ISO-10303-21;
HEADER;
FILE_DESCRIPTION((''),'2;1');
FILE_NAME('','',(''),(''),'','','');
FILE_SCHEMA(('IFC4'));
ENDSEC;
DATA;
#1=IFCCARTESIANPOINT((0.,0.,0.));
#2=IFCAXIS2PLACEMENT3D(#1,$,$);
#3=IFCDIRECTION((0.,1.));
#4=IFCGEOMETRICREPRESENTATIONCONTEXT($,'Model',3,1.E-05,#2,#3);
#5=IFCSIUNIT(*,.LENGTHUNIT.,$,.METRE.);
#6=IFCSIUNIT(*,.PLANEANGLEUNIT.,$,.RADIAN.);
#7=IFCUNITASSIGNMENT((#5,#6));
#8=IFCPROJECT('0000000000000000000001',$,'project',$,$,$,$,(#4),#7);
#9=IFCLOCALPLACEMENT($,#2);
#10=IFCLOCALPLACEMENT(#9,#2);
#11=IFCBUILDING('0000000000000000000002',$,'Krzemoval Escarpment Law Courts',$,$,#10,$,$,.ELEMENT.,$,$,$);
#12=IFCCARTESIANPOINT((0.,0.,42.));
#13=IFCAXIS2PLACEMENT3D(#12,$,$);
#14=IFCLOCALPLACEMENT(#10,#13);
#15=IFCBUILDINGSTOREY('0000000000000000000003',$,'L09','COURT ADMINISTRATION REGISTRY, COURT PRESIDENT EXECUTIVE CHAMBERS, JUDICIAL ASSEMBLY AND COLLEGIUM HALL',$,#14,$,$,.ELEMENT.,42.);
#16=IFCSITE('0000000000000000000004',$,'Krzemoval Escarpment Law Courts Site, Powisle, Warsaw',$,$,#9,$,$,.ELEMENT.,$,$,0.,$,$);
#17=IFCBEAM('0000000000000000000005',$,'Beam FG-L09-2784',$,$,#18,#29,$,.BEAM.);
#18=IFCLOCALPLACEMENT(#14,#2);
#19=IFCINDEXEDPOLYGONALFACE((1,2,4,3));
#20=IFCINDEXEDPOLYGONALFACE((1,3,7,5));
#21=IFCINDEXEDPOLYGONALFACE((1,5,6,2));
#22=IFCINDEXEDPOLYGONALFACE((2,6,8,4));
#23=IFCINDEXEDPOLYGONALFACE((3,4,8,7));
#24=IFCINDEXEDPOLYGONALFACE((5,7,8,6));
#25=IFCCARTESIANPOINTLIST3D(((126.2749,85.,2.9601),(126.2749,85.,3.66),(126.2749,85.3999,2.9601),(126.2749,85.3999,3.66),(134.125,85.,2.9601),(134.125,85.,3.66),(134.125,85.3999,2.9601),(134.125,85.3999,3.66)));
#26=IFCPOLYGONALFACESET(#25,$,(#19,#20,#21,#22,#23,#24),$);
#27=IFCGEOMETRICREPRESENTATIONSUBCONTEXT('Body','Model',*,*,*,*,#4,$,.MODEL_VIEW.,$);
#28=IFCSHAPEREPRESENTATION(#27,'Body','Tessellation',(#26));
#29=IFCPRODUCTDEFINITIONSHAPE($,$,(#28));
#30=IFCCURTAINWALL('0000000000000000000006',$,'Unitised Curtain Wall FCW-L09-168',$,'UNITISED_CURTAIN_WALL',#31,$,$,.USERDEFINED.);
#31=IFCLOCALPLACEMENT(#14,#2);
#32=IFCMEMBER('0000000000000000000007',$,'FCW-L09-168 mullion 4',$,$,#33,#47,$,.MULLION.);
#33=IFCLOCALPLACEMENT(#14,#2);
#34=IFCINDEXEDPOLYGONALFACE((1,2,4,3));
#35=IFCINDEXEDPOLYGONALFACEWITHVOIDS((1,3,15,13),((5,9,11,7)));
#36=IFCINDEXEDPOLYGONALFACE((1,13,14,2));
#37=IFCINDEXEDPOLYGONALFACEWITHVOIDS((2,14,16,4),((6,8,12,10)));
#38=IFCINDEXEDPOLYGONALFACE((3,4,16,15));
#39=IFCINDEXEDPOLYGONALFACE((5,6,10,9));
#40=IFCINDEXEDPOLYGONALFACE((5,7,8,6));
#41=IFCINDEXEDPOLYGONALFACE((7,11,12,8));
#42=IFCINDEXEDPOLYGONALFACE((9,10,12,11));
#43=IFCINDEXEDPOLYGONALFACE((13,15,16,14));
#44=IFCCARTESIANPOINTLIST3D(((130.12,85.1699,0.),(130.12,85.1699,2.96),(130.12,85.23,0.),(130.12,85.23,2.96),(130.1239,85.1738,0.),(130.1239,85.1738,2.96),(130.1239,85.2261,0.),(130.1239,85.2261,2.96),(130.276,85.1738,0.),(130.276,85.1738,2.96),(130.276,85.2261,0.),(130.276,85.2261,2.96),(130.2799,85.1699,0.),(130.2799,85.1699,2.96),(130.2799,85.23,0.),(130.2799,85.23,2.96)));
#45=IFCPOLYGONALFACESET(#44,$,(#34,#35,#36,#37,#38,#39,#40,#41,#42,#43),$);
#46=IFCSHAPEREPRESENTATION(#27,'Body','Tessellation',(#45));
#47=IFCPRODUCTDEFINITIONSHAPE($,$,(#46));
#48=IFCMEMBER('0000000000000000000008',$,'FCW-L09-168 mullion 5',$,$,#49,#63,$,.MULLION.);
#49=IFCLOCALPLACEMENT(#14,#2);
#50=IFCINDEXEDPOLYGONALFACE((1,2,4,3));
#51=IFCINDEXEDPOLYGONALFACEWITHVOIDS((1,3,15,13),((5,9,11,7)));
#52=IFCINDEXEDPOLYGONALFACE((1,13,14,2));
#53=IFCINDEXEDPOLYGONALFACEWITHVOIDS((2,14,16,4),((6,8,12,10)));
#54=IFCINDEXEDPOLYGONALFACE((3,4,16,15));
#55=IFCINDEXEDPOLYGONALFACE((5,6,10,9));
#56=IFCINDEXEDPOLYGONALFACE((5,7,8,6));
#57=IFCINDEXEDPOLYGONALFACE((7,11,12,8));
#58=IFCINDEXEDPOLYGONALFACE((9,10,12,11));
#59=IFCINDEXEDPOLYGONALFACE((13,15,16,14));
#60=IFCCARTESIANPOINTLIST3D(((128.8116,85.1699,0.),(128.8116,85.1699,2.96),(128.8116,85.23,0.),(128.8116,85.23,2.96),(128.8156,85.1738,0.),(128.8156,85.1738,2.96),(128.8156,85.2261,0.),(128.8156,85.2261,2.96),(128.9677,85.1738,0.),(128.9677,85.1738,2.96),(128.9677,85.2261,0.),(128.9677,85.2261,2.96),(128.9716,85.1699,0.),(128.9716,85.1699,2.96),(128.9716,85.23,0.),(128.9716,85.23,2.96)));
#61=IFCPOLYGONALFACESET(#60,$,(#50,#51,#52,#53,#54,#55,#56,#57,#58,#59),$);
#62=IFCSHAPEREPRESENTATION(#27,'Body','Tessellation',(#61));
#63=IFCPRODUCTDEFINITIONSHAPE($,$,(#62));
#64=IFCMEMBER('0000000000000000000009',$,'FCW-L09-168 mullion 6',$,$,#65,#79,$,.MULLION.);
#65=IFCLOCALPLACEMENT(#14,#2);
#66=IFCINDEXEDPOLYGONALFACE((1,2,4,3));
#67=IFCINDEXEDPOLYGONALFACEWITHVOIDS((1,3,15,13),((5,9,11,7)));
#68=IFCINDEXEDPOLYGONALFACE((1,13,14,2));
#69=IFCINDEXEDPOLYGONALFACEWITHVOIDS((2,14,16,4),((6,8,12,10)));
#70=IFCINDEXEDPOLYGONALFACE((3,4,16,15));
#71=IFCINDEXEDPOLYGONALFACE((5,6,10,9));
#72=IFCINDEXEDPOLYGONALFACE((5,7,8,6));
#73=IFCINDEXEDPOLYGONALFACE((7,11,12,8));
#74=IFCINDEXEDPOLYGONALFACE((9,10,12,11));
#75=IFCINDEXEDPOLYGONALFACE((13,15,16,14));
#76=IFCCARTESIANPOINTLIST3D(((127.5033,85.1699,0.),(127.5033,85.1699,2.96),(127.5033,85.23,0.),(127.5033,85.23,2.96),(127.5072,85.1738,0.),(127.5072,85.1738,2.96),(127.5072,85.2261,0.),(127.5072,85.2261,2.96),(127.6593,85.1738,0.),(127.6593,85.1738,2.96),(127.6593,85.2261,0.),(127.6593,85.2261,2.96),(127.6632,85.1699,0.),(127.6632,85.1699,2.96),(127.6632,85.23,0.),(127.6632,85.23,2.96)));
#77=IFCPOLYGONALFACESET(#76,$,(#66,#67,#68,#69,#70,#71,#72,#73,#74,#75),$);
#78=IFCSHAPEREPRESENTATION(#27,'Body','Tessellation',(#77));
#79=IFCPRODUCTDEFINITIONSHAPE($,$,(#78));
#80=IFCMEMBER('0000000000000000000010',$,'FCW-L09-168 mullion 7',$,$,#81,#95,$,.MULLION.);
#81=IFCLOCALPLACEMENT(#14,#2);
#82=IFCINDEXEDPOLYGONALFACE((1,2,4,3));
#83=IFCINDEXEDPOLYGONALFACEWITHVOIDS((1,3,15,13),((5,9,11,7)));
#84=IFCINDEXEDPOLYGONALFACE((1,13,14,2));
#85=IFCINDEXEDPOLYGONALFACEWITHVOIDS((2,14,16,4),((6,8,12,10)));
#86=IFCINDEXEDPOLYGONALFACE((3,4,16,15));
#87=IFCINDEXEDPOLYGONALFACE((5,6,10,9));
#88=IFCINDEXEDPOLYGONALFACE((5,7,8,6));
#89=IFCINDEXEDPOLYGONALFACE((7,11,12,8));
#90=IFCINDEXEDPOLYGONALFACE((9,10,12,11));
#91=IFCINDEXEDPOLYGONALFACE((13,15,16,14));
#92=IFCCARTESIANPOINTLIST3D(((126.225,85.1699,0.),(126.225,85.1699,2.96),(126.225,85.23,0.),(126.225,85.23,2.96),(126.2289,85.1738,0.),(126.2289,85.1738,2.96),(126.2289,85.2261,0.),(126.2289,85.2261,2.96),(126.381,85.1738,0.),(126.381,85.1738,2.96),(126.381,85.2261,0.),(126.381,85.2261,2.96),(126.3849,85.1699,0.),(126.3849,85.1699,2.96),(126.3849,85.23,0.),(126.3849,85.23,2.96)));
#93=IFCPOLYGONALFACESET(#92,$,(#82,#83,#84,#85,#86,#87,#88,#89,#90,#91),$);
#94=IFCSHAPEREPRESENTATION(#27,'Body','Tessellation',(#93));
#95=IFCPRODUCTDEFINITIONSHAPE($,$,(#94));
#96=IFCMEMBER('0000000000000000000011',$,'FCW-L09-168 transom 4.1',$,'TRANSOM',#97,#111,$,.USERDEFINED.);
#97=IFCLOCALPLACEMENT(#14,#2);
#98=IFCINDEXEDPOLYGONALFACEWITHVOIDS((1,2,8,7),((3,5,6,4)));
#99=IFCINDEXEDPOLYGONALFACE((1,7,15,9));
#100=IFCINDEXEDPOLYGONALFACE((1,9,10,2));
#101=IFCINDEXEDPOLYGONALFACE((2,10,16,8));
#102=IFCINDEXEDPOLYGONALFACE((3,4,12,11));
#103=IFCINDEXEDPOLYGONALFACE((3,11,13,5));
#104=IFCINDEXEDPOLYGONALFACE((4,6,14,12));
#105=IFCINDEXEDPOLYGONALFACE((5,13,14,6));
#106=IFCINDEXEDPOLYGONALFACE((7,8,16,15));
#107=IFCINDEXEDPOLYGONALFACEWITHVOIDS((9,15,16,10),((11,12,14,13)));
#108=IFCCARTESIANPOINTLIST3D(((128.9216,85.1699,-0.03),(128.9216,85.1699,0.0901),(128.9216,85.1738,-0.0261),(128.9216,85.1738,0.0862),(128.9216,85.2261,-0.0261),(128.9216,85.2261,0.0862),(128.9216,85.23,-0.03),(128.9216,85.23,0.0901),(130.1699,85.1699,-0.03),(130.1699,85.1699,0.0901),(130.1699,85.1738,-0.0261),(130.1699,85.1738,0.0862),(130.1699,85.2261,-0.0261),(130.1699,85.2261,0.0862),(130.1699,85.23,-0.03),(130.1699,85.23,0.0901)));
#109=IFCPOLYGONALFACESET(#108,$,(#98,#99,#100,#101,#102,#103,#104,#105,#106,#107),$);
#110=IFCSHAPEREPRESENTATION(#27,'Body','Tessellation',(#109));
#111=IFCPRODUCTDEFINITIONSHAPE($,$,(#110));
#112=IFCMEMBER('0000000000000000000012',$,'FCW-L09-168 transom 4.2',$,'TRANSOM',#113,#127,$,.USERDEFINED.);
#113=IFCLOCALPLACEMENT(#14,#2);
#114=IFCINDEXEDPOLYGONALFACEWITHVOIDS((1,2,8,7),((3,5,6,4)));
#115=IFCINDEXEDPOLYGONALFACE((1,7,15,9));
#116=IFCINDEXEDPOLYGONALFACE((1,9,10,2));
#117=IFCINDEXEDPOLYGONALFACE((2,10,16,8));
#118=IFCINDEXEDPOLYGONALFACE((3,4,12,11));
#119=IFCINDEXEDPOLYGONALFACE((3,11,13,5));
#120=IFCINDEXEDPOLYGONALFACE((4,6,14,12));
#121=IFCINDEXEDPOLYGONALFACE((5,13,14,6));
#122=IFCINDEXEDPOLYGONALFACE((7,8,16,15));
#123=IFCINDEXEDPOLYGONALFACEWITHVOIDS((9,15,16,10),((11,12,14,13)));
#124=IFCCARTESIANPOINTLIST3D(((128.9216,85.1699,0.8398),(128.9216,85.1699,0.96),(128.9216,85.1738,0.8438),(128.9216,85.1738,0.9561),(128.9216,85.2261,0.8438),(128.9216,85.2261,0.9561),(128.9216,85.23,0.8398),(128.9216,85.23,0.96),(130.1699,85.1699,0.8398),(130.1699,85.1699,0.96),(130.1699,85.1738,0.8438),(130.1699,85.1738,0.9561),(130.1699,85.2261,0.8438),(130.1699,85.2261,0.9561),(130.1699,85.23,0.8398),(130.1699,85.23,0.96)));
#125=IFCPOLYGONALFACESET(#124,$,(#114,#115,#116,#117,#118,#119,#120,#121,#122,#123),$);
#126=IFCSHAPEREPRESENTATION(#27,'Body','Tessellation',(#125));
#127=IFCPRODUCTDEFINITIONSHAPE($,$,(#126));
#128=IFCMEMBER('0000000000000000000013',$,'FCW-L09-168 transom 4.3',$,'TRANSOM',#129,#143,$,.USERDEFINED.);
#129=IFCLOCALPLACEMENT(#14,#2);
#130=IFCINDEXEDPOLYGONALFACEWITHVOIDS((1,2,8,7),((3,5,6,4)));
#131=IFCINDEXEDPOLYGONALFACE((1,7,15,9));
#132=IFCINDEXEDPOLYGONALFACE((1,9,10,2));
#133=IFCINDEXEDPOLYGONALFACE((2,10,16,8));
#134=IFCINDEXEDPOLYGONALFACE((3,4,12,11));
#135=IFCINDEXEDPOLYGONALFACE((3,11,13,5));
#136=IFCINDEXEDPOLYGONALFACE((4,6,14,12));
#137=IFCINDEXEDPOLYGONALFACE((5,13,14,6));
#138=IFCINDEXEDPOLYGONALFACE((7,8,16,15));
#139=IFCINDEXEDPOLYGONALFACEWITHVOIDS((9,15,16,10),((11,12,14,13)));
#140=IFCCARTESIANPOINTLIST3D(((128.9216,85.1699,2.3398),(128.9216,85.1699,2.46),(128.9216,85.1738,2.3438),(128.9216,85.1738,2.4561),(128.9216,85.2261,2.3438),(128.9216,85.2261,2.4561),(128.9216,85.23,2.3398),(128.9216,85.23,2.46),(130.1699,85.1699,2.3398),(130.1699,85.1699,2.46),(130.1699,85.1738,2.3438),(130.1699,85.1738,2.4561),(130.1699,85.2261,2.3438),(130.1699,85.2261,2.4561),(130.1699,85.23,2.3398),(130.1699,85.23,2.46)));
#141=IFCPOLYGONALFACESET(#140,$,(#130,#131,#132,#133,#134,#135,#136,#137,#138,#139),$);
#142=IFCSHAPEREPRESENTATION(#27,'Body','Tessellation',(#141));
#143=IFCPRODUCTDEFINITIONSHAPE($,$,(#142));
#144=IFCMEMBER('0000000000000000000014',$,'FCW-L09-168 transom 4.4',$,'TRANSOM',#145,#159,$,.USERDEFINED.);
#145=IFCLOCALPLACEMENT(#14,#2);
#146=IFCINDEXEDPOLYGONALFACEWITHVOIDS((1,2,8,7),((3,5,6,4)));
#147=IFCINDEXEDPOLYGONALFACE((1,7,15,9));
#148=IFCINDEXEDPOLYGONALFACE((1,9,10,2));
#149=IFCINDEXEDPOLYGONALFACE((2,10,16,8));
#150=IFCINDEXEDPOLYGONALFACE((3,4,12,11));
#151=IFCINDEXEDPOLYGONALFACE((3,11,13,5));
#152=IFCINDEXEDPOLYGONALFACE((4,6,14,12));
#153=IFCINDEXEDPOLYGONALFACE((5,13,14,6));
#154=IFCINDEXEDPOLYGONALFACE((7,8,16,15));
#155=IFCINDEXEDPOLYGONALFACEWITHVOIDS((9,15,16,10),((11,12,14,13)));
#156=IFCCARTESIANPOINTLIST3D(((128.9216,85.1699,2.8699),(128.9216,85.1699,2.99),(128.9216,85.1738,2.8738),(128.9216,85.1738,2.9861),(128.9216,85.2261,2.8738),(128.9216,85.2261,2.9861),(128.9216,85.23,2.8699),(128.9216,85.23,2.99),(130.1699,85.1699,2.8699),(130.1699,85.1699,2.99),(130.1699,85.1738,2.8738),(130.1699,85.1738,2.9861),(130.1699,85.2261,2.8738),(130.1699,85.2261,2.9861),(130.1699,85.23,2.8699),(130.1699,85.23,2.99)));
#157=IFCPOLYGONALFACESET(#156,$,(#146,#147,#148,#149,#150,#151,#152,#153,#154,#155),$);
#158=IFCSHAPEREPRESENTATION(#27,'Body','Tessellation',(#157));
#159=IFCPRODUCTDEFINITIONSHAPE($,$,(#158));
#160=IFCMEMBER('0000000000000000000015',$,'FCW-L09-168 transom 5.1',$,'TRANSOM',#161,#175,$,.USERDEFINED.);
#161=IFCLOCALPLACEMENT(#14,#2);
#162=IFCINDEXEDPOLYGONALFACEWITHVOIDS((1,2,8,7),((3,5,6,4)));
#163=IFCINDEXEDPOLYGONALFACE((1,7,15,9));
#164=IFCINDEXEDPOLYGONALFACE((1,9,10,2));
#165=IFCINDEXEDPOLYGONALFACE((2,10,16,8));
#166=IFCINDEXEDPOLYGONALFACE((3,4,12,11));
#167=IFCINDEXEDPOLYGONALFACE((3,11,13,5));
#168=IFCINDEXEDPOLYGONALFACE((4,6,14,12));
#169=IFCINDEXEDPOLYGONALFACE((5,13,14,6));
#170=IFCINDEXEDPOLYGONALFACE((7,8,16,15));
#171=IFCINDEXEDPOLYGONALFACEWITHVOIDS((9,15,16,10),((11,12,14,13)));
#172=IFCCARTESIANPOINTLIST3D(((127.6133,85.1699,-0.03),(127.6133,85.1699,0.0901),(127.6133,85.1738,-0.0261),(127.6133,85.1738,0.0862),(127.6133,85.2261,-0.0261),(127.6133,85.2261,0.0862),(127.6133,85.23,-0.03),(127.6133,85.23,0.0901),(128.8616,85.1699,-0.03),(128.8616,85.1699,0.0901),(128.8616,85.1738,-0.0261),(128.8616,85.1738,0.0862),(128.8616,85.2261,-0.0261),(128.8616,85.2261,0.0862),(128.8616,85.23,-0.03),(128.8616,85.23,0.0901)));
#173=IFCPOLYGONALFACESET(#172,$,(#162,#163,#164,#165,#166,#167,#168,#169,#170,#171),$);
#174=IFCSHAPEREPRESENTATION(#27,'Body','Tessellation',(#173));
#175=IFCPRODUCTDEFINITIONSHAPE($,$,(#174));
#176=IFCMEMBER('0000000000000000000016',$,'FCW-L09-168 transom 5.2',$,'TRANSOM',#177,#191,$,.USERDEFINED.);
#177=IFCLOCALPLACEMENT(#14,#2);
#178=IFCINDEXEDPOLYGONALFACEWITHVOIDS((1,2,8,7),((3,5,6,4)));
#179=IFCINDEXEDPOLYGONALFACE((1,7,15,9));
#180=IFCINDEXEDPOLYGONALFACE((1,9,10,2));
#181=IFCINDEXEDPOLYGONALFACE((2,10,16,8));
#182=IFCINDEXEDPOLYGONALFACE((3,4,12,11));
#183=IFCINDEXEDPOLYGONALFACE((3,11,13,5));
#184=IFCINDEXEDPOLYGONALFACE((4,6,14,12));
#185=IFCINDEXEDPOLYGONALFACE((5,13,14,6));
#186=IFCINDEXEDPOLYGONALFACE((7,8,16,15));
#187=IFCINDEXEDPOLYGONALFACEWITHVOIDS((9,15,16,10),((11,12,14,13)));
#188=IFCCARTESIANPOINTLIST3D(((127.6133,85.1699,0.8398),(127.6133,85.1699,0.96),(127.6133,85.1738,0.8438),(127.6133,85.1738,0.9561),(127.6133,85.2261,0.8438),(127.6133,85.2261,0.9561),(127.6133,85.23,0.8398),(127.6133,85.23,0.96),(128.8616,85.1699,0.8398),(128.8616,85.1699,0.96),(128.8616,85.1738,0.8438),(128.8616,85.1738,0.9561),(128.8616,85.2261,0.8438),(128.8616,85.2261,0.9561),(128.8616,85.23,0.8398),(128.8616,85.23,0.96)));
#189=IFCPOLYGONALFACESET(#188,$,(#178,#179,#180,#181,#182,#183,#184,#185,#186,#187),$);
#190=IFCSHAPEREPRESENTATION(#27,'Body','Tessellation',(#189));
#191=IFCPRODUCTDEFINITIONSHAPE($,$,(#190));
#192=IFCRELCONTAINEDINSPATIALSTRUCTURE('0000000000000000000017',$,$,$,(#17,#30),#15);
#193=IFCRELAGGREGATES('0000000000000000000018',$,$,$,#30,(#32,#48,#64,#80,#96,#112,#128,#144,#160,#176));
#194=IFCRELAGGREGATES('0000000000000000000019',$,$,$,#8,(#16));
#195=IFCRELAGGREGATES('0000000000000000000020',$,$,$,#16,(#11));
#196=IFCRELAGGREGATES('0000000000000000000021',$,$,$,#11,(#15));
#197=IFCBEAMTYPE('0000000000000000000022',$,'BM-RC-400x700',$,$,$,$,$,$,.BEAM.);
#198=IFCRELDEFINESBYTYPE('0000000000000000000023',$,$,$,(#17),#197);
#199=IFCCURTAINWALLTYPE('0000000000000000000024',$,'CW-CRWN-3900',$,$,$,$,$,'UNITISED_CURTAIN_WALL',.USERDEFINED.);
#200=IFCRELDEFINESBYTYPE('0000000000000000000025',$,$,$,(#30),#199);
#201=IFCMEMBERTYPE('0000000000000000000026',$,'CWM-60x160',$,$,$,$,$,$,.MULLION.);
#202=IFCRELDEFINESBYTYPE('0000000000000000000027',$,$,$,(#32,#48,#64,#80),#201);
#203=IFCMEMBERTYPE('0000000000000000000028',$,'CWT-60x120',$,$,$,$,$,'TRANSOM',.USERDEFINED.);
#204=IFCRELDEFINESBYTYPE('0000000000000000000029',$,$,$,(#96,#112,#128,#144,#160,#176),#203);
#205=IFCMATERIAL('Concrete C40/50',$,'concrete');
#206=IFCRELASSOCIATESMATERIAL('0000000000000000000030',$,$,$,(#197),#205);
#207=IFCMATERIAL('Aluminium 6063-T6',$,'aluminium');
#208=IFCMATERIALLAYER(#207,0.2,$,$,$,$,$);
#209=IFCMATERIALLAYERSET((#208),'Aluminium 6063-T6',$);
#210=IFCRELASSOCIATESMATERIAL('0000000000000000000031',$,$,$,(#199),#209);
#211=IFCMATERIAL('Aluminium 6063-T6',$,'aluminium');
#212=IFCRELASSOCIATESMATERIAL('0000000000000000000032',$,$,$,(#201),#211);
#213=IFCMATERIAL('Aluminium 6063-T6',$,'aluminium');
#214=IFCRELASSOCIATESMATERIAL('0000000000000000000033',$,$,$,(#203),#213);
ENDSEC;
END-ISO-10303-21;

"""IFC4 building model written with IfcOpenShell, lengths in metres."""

from ifc_helpers import new_model, si_unit, direction, frame, origin, origin_2d, place, context, subcontext, project, spatial, rectangle, hollow_rectangle, extrude, material, layer, layer_set, material_profile, profile_set, type_object, element, aggregate, save


model = new_model("IFC4")

# Units and contexts
model_context = context("Model", 3, precision=1e-05, world=origin(), true_north=direction((0.0, 1.0)))
body_context = subcontext(model_context, "Body", "Model", "MODEL_VIEW")
ifc_project = project(units=[si_unit("LENGTHUNIT", "METRE"), si_unit("PLANEANGLEUNIT", "RADIAN")], contexts=[model_context])

# Site, building, storey
site_placement = place(None, origin())
site = spatial("IfcSite", under=ifc_project, at=site_placement, Name="Krzemoval Escarpment Law Courts Site, Powisle, Warsaw", CompositionType="ELEMENT", RefElevation=0.0)
building_placement = place(site_placement, origin())
building = spatial("IfcBuilding", under=site, at=building_placement, Name="Krzemoval Escarpment Law Courts", CompositionType="ELEMENT")
storey_placement = place(building_placement, frame((0.0, 0.0, 42.0)))
storey = spatial("IfcBuildingStorey", under=building, at=storey_placement, Name="L09", Description="COURT ADMINISTRATION REGISTRY, COURT PRESIDENT EXECUTIVE CHAMBERS, JUDICIAL ASSEMBLY AND COLLEGIUM HALL", CompositionType="ELEMENT", Elevation=42.0)

# Beam
ifc_material_1 = material(Name="Concrete C40/50", Category="concrete")
ifc_material_profile_1 = material_profile(ifc_material_1, rectangle(XDim=0.3999, YDim=0.7, at=origin_2d()), Name="RCB 400x700")
ifc_profile_set_1 = profile_set([ifc_material_profile_1], Name="Concrete C40/50")
beam_type = type_object("IfcBeamType", Name="BM-RC-400x700", PredefinedType="BEAM", material=ifc_profile_set_1)
beam_placement = place(storey_placement, frame((126.2749, 85.2, 3.3101), z_axis=(1.0, 0.0, 0.0), x_axis=(0.0, 1.0, 0.0)))
element("IfcBeam", 1, at=beam_placement, inside=storey, type_object=beam_type, Name="Beam FG-L09-2784", PredefinedType="BEAM", context=body_context, shape_type="SweptSolid", body=[
    extrude(rectangle(XDim=0.3999, YDim=0.7, at=origin_2d()), origin(), (0.0, 0.0, 1.0), 7.8501),
])

# Curtain wall, members
ifc_material_2 = material(Name="Aluminium 6063-T6", Category="aluminium")
ifc_layer_1 = layer(ifc_material_2, 0.2)
ifc_layer_set_1 = layer_set([ifc_layer_1], Name="Aluminium 6063-T6")
curtain_wall_type = type_object("IfcCurtainWallType", Name="CW-CRWN-3900", ElementType="UNITISED_CURTAIN_WALL", PredefinedType="USERDEFINED", material=ifc_layer_set_1)
curtain_wall_placement = place(storey_placement, origin())
curtain_wall = element("IfcCurtainWall", 2, at=curtain_wall_placement, inside=storey, type_object=curtain_wall_type, Name="Unitised Curtain Wall FCW-L09-168", ObjectType="UNITISED_CURTAIN_WALL", PredefinedType="USERDEFINED")
ifc_material_3 = material(Name="Aluminium 6063-T6", Category="aluminium")
ifc_material_profile_2 = material_profile(ifc_material_3, hollow_rectangle(XDim=0.0601, YDim=0.1599, WallThickness=0.0039, at=origin_2d()), Name="ALU M60x160")
ifc_profile_set_2 = profile_set([ifc_material_profile_2], Name="Aluminium 6063-T6")
member_type_1 = type_object("IfcMemberType", Name="CWM-60x160", PredefinedType="MULLION", material=ifc_profile_set_2)
member_1_placement = place(storey_placement, frame((130.2, 85.2, 0.0), z_axis=(0.0, 0.0, 1.0), x_axis=(0.0, -1.0, 0.0)))
member_1 = element("IfcMember", 3, at=member_1_placement, type_object=member_type_1, Name="FCW-L09-168 mullion 4", PredefinedType="MULLION", context=body_context, shape_type="SweptSolid", body=[
    extrude(hollow_rectangle(XDim=0.0601, YDim=0.1599, WallThickness=0.0039, at=origin_2d()), origin(), (0.0, 0.0, 1.0), 2.96),
])
member_2_placement = place(storey_placement, frame((128.8916, 85.2, 0.0), z_axis=(0.0, 0.0, 1.0), x_axis=(0.0, -1.0, 0.0)))
member_2 = element("IfcMember", 4, at=member_2_placement, type_object=member_type_1, Name="FCW-L09-168 mullion 5", PredefinedType="MULLION", context=body_context, shape_type="SweptSolid", body=[
    extrude(hollow_rectangle(XDim=0.0601, YDim=0.1599, WallThickness=0.0039, at=origin_2d()), origin(), (0.0, 0.0, 1.0), 2.96),
])
member_3_placement = place(storey_placement, frame((127.5833, 85.2, 0.0), z_axis=(0.0, 0.0, 1.0), x_axis=(0.0, -1.0, 0.0)))
member_3 = element("IfcMember", 5, at=member_3_placement, type_object=member_type_1, Name="FCW-L09-168 mullion 6", PredefinedType="MULLION", context=body_context, shape_type="SweptSolid", body=[
    extrude(hollow_rectangle(XDim=0.0601, YDim=0.1599, WallThickness=0.0039, at=origin_2d()), origin(), (0.0, 0.0, 1.0), 2.96),
])
member_4_placement = place(storey_placement, frame((126.3049, 85.2, 0.0), z_axis=(0.0, 0.0, 1.0), x_axis=(0.0, -1.0, 0.0)))
member_4 = element("IfcMember", 6, at=member_4_placement, type_object=member_type_1, Name="FCW-L09-168 mullion 7", PredefinedType="MULLION", context=body_context, shape_type="SweptSolid", body=[
    extrude(hollow_rectangle(XDim=0.0601, YDim=0.1599, WallThickness=0.0039, at=origin_2d()), origin(), (0.0, 0.0, 1.0), 2.96),
])
ifc_material_4 = material(Name="Aluminium 6063-T6", Category="aluminium")
ifc_material_profile_3 = material_profile(ifc_material_4, hollow_rectangle(XDim=0.0601, YDim=0.1201, WallThickness=0.0039, at=origin_2d()), Name="ALU T60x120")
ifc_profile_set_3 = profile_set([ifc_material_profile_3], Name="Aluminium 6063-T6")
member_type_2 = type_object("IfcMemberType", Name="CWT-60x120", ElementType="TRANSOM", PredefinedType="USERDEFINED", material=ifc_profile_set_3)
member_5_placement = place(storey_placement, frame((130.1699, 85.2, 0.03), z_axis=(-1.0, 0.0, 0.0), x_axis=(0.0, -1.0, 0.0)))
member_5 = element("IfcMember", 7, at=member_5_placement, type_object=member_type_2, Name="FCW-L09-168 transom 4.1", ObjectType="TRANSOM", PredefinedType="USERDEFINED", context=body_context, shape_type="SweptSolid", body=[
    extrude(hollow_rectangle(XDim=0.0601, YDim=0.1201, WallThickness=0.0039, at=origin_2d()), origin(), (0.0, 0.0, 1.0), 1.2483),
])
member_6_placement = place(storey_placement, frame((130.1699, 85.2, 0.8999), z_axis=(-1.0, 0.0, 0.0), x_axis=(0.0, -1.0, 0.0)))
member_6 = element("IfcMember", 8, at=member_6_placement, type_object=member_type_2, Name="FCW-L09-168 transom 4.2", ObjectType="TRANSOM", PredefinedType="USERDEFINED", context=body_context, shape_type="SweptSolid", body=[
    extrude(hollow_rectangle(XDim=0.0601, YDim=0.1201, WallThickness=0.0039, at=origin_2d()), origin(), (0.0, 0.0, 1.0), 1.2483),
])
member_7_placement = place(storey_placement, frame((130.1699, 85.2, 2.3999), z_axis=(-1.0, 0.0, 0.0), x_axis=(0.0, -1.0, 0.0)))
member_7 = element("IfcMember", 9, at=member_7_placement, type_object=member_type_2, Name="FCW-L09-168 transom 4.3", ObjectType="TRANSOM", PredefinedType="USERDEFINED", context=body_context, shape_type="SweptSolid", body=[
    extrude(hollow_rectangle(XDim=0.0601, YDim=0.1201, WallThickness=0.0039, at=origin_2d()), origin(), (0.0, 0.0, 1.0), 1.2483),
])
member_8_placement = place(storey_placement, frame((130.1699, 85.2, 2.9299), z_axis=(-1.0, 0.0, 0.0), x_axis=(0.0, -1.0, 0.0)))
member_8 = element("IfcMember", 10, at=member_8_placement, type_object=member_type_2, Name="FCW-L09-168 transom 4.4", ObjectType="TRANSOM", PredefinedType="USERDEFINED", context=body_context, shape_type="SweptSolid", body=[
    extrude(hollow_rectangle(XDim=0.0601, YDim=0.1201, WallThickness=0.0039, at=origin_2d()), origin(), (0.0, 0.0, 1.0), 1.2483),
])
member_9_placement = place(storey_placement, frame((128.8616, 85.2, 0.03), z_axis=(-1.0, 0.0, 0.0), x_axis=(0.0, -1.0, 0.0)))
member_9 = element("IfcMember", 11, at=member_9_placement, type_object=member_type_2, Name="FCW-L09-168 transom 5.1", ObjectType="TRANSOM", PredefinedType="USERDEFINED", context=body_context, shape_type="SweptSolid", body=[
    extrude(hollow_rectangle(XDim=0.0601, YDim=0.1201, WallThickness=0.0039, at=origin_2d()), origin(), (0.0, 0.0, 1.0), 1.2483),
])
member_10_placement = place(storey_placement, frame((128.8616, 85.2, 0.8999), z_axis=(-1.0, 0.0, 0.0), x_axis=(0.0, -1.0, 0.0)))
member_10 = element("IfcMember", 12, at=member_10_placement, type_object=member_type_2, Name="FCW-L09-168 transom 5.2", ObjectType="TRANSOM", PredefinedType="USERDEFINED", context=body_context, shape_type="SweptSolid", body=[
    extrude(hollow_rectangle(XDim=0.0601, YDim=0.1201, WallThickness=0.0039, at=origin_2d()), origin(), (0.0, 0.0, 1.0), 1.2483),
])
aggregate(curtain_wall, [member_1, member_2, member_3, member_4, member_5, member_6, member_7, member_8, member_9, member_10])

save(model, "model.ifc")
